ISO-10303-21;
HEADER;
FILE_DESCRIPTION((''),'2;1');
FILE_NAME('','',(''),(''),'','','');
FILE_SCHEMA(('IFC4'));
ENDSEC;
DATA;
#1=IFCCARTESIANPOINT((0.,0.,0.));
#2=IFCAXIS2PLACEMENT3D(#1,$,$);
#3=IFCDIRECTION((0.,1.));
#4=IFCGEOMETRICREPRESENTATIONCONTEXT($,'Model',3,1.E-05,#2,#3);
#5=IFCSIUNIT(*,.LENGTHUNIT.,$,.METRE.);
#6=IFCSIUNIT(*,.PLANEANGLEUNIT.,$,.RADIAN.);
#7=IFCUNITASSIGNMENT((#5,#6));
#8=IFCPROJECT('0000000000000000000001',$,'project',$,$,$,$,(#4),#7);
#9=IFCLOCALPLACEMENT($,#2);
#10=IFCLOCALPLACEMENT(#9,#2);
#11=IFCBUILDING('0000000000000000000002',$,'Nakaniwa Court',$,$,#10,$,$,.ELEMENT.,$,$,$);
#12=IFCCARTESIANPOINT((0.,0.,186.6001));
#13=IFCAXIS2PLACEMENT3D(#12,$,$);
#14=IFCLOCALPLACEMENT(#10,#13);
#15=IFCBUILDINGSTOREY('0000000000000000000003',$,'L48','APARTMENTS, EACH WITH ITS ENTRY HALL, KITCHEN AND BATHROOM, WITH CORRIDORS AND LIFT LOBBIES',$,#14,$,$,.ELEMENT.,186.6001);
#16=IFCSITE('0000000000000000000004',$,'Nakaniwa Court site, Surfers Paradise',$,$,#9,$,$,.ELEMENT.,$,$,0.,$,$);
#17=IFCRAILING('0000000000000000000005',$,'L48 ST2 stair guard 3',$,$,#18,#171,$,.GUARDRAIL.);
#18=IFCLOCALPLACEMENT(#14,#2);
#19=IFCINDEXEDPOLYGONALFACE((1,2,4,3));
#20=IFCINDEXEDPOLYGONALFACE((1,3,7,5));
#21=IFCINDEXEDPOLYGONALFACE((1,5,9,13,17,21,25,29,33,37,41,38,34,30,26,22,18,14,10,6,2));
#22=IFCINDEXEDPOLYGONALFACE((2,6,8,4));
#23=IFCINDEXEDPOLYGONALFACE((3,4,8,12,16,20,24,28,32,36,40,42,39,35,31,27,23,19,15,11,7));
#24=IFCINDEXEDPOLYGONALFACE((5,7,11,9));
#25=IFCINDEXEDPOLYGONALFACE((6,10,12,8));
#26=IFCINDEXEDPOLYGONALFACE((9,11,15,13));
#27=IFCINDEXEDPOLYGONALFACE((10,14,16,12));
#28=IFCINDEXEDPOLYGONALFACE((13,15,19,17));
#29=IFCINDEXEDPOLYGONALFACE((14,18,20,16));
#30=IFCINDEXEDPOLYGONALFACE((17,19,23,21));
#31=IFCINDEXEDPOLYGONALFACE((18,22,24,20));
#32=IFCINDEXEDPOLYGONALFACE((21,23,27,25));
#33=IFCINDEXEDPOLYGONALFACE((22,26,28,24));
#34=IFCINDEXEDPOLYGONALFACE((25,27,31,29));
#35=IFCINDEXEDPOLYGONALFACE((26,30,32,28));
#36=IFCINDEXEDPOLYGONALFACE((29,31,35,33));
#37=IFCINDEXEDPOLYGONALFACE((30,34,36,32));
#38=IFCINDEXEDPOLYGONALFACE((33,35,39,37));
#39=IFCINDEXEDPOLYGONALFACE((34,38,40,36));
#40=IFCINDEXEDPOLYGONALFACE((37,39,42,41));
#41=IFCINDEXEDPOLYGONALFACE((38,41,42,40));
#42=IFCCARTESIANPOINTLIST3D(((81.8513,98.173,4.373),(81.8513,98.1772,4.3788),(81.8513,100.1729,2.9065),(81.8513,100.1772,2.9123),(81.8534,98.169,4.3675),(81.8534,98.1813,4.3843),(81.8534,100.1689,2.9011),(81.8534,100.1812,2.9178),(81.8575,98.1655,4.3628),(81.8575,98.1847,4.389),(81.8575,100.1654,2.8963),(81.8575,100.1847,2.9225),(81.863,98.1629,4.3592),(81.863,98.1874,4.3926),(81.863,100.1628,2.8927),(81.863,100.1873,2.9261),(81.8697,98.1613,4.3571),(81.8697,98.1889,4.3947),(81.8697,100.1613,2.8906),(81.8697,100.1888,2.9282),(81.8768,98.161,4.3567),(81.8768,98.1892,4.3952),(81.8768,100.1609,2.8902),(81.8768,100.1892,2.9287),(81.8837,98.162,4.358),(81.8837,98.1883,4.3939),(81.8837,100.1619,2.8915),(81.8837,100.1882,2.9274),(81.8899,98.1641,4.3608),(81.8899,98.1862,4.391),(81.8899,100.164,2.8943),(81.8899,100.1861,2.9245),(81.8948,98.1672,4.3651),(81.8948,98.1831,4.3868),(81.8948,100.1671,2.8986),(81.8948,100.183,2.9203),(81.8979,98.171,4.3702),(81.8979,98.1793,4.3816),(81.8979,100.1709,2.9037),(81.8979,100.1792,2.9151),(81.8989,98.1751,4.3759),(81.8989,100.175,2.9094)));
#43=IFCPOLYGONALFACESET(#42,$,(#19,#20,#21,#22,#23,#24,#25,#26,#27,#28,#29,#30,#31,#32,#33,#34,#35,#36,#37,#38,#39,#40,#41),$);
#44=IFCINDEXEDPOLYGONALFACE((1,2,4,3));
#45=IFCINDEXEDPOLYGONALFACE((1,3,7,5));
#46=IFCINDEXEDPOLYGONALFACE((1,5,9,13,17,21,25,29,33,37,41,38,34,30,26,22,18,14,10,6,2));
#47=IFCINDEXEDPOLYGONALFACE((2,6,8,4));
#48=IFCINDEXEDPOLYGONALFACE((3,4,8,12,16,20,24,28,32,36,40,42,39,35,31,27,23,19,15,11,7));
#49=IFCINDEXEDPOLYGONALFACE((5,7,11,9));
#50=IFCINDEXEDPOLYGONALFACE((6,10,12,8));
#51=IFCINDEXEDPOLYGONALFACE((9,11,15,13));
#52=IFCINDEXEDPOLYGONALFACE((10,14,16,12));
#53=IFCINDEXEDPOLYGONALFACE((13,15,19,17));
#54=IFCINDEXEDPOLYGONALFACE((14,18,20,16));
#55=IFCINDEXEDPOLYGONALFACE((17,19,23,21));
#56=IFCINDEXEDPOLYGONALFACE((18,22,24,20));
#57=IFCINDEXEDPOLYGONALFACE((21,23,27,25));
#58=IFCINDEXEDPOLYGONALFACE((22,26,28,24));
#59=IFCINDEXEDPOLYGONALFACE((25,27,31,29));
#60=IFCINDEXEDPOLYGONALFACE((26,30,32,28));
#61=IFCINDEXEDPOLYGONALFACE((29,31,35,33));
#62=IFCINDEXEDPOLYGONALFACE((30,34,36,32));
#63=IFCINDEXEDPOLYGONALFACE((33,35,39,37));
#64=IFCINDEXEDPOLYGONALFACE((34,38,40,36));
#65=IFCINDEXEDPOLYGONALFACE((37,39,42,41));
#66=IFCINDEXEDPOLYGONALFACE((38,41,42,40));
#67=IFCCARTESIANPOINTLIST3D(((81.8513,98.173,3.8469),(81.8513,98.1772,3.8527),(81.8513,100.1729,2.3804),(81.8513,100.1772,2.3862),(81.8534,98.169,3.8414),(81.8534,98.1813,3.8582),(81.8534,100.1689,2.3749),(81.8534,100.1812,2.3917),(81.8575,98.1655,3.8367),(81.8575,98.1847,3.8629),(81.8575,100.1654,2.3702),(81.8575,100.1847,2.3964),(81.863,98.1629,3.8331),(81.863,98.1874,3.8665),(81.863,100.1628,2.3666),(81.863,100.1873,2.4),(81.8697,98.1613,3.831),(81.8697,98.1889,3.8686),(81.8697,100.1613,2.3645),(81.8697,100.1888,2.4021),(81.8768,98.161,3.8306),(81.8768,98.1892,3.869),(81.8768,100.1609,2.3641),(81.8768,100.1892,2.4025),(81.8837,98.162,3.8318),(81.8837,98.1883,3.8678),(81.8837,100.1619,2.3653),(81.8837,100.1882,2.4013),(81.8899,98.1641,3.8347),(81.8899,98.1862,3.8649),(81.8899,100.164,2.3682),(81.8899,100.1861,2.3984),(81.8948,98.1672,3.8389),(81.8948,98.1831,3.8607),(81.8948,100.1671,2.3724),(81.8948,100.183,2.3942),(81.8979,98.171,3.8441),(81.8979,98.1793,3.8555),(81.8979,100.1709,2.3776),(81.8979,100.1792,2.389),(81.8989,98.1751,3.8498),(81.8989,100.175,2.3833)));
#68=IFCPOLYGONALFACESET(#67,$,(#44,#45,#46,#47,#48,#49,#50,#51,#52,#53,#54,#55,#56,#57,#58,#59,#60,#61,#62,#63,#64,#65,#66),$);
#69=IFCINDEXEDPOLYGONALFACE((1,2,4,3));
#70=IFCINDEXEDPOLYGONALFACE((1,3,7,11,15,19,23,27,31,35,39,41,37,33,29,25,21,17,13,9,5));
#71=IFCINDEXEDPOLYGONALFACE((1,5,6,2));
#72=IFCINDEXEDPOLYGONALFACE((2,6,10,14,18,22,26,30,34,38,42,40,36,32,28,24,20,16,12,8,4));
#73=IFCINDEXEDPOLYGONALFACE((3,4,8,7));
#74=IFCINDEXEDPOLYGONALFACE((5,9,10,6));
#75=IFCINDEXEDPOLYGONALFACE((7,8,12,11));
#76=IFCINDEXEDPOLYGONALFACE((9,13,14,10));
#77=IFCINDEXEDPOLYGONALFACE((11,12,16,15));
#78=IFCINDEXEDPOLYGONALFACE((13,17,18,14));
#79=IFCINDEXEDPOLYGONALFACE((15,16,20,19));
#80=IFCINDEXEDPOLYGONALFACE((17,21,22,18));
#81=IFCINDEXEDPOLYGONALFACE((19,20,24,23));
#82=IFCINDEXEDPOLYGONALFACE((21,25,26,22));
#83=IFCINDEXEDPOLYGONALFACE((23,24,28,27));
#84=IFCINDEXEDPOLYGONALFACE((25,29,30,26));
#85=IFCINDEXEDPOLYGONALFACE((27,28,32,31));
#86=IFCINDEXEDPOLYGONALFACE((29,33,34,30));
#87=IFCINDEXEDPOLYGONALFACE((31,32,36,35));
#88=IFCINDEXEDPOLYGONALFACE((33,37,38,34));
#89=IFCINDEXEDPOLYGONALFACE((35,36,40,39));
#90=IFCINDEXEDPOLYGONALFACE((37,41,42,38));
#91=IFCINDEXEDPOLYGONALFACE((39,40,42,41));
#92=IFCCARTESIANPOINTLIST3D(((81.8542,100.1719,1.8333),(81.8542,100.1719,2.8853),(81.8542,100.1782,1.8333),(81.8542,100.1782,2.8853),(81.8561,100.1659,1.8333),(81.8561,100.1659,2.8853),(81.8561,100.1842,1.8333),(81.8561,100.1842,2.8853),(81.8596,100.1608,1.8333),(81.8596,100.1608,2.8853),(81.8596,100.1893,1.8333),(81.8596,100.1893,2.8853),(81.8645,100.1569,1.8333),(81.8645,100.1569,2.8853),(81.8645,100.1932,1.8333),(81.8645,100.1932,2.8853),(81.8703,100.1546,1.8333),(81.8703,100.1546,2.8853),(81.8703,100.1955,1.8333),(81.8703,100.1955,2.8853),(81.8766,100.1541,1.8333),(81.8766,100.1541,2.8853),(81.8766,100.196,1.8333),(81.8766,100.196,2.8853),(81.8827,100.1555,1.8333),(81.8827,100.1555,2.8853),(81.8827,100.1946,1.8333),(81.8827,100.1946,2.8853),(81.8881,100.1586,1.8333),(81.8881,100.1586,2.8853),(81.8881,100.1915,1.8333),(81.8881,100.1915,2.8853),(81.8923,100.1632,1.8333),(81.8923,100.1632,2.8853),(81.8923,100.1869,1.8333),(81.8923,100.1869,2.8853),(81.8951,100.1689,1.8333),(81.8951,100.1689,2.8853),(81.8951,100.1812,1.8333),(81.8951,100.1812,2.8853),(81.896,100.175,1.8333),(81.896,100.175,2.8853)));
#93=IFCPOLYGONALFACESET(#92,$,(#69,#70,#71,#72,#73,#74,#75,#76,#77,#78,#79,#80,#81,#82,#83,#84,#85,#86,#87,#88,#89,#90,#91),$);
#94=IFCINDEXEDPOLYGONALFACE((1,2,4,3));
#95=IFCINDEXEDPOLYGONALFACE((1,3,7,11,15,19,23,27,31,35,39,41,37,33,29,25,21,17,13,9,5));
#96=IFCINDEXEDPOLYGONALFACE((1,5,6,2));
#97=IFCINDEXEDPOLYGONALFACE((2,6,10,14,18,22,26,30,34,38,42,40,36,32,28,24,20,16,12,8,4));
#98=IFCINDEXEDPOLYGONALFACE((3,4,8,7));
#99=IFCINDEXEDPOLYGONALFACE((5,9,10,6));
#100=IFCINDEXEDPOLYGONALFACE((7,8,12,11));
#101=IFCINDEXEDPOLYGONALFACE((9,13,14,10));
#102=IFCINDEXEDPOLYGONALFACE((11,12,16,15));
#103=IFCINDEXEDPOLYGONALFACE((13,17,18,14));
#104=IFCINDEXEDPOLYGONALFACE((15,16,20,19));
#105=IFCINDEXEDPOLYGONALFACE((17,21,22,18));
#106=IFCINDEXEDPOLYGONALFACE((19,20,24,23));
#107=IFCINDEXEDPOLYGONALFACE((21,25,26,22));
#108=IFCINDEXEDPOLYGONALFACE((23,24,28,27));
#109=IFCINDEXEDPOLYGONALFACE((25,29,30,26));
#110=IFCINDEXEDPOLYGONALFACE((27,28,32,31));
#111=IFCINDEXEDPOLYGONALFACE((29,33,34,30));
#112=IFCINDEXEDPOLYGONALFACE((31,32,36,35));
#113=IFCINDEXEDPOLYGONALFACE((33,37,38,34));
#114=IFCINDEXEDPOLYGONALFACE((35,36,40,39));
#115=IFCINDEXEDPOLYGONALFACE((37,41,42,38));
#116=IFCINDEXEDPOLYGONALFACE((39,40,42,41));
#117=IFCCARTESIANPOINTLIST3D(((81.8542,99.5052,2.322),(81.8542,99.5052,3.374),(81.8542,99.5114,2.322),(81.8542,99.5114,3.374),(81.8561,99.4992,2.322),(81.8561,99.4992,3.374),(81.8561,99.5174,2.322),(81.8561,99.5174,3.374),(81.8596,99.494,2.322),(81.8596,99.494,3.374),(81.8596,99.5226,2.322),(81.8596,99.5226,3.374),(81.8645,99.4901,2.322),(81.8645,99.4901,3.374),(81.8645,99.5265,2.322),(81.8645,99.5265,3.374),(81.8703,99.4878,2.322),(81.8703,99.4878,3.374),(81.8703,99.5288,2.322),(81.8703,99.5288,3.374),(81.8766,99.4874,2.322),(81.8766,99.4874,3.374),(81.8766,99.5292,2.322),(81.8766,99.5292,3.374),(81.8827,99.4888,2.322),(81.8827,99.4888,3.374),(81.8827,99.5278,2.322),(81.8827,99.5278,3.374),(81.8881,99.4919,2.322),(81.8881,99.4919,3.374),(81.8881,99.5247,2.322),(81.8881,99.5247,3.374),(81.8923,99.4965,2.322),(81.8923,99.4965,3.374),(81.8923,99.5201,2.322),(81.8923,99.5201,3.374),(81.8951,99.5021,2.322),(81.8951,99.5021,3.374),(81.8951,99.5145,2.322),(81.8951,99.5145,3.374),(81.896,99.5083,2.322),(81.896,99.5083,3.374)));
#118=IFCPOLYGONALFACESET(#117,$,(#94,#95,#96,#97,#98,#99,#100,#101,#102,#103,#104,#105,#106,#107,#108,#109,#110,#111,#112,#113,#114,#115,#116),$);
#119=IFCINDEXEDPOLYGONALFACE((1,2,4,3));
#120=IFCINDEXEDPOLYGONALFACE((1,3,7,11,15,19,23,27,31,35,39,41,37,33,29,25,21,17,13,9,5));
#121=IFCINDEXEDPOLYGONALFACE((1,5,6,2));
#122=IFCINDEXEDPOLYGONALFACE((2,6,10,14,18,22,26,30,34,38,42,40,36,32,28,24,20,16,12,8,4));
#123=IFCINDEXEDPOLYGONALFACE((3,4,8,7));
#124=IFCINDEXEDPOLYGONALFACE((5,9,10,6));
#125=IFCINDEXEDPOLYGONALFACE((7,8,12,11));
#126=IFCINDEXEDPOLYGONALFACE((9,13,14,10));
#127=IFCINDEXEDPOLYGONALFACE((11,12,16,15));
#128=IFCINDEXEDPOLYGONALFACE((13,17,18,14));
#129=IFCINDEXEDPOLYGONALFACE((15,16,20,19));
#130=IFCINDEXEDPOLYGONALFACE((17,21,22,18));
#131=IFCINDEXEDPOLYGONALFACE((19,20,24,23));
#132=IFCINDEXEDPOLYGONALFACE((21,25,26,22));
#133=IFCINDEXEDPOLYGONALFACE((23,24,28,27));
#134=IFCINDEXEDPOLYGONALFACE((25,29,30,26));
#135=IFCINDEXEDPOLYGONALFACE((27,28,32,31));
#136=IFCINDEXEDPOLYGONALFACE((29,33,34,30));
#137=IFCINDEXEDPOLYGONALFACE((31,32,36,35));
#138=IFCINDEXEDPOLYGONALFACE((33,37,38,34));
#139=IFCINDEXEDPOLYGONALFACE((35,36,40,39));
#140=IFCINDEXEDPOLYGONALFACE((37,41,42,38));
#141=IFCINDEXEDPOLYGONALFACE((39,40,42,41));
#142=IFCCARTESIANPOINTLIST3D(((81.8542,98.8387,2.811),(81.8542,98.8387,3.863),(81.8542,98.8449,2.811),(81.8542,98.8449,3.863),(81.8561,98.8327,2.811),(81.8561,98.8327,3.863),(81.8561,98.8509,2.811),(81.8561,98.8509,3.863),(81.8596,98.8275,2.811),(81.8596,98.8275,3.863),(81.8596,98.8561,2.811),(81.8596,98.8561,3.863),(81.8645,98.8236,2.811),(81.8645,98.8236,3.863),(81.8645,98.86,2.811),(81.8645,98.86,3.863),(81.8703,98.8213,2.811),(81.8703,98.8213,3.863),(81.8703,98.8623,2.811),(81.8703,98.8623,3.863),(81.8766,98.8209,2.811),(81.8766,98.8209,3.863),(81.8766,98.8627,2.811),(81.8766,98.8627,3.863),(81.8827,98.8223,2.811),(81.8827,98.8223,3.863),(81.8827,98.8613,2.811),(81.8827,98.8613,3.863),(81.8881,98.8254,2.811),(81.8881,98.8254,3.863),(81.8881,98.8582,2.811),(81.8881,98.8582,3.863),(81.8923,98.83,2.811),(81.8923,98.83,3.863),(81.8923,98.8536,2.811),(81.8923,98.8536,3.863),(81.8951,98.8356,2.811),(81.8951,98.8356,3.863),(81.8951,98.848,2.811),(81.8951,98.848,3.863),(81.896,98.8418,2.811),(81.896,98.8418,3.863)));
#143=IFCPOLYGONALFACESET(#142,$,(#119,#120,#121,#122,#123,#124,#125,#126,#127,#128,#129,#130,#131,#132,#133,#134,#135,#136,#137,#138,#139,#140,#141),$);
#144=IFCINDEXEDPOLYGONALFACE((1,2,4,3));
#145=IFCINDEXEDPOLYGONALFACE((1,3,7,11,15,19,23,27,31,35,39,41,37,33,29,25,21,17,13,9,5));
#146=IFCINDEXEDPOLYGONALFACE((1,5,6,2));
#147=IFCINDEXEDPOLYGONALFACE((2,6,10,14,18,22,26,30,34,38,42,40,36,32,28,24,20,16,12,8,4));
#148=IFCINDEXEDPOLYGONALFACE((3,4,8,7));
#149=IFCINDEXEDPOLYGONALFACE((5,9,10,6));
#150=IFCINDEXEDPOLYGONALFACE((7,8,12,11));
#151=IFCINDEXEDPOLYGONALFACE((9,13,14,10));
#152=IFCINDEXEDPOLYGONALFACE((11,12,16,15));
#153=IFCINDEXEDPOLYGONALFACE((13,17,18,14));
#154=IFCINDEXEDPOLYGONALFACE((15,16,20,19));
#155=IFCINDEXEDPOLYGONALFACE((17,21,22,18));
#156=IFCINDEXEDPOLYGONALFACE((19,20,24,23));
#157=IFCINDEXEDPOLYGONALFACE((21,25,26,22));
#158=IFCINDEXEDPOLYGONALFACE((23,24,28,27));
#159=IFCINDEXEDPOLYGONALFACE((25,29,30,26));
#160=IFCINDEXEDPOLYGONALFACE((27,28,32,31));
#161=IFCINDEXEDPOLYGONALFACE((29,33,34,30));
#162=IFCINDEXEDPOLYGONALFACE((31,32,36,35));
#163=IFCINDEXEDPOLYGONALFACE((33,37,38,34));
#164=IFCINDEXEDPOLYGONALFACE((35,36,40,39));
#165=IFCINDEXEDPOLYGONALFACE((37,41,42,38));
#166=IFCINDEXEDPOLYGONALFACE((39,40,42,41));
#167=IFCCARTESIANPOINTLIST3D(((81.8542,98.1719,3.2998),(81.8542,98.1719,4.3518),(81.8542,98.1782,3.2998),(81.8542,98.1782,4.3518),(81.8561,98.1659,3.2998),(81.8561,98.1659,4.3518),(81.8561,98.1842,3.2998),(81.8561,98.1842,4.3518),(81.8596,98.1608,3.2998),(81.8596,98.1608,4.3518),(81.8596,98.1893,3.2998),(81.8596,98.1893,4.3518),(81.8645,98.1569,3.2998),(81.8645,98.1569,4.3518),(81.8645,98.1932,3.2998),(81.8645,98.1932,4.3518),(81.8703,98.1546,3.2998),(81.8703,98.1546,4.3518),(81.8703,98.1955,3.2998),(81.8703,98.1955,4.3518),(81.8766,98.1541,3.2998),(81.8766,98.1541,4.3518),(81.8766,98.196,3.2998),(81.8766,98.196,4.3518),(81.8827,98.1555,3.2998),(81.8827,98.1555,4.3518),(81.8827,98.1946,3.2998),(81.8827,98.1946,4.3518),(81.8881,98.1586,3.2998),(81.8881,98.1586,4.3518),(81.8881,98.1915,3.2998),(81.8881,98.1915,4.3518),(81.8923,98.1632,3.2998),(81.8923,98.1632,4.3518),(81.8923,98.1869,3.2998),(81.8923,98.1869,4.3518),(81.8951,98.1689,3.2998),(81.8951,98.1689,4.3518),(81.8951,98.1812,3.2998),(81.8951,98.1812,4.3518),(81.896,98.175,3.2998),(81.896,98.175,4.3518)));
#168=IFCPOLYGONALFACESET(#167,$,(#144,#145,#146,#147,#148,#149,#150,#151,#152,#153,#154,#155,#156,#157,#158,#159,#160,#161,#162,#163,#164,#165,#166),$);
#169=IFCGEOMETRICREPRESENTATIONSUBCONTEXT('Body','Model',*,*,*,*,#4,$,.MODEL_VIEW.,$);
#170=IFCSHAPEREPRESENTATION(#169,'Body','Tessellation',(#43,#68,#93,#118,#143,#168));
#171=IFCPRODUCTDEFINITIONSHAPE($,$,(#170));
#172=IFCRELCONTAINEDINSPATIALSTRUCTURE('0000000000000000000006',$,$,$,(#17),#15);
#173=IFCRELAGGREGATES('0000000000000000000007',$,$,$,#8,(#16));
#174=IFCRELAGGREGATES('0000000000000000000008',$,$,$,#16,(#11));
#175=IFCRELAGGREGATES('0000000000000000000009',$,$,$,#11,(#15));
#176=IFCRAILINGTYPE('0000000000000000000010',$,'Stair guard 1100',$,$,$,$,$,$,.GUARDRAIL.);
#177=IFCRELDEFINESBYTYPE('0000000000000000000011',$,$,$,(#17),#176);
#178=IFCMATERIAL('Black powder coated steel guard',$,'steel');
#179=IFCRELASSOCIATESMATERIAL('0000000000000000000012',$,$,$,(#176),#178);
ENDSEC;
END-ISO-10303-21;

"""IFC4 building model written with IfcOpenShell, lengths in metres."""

from ifc_helpers import new_model, si_unit, direction, frame, origin, origin_2d, place, context, subcontext, project, spatial, circle, extrude, material, type_object, element, save


model = new_model("IFC4")

# Units and contexts
model_context = context("Model", 3, precision=1e-05, world=origin(), true_north=direction((0.0, 1.0)))
body_context = subcontext(model_context, "Body", "Model", "MODEL_VIEW")
ifc_project = project(units=[si_unit("LENGTHUNIT", "METRE"), si_unit("PLANEANGLEUNIT", "RADIAN")], contexts=[model_context])

# Site, building, storey
site_placement = place(None, origin())
site = spatial("IfcSite", under=ifc_project, at=site_placement, Name="Nakaniwa Court site, Surfers Paradise", CompositionType="ELEMENT", RefElevation=0.0)
building_placement = place(site_placement, origin())
building = spatial("IfcBuilding", under=site, at=building_placement, Name="Nakaniwa Court", CompositionType="ELEMENT")
storey_placement = place(building_placement, frame((0.0, 0.0, 186.6001)))
storey = spatial("IfcBuildingStorey", under=building, at=storey_placement, Name="L48", Description="APARTMENTS, EACH WITH ITS ENTRY HALL, KITCHEN AND BATHROOM, WITH CORRIDORS AND LIFT LOBBIES", CompositionType="ELEMENT", Elevation=186.6001)

# Railing
ifc_material_1 = material(Name="Black powder coated steel guard", Category="steel")
railing_type_1 = type_object("IfcRailingType", Name="Stair guard 1100", PredefinedType="GUARDRAIL", material=ifc_material_1)
railing_1_placement = place(storey_placement, frame((81.875, 100.175, 1.8333)))
element("IfcRailing", 1, at=railing_1_placement, inside=storey, type_object=railing_type_1, Name="L48 ST2 stair guard 3", PredefinedType="GUARDRAIL", context=body_context, shape_type="SweptSolid", body=[
    extrude(circle(Radius=0.0239, at=origin_2d()), frame((0.0, 0.0, 1.0762), z_axis=(0.0, -0.806427, 0.591334), x_axis=(1.0, 0.0, 0.0)), (0.0, 0.0, 1.0), 2.48),
    extrude(circle(Radius=0.0239, at=origin_2d()), frame((0.0, 0.0, 0.55), z_axis=(0.0, -0.806427, 0.591334), x_axis=(1.0, 0.0, 0.0)), (0.0, 0.0, 1.0), 2.48),
    extrude(circle(Radius=0.021, at=origin_2d()), origin(), (0.0, 0.0, 1.0), 1.052),
    extrude(circle(Radius=0.021, at=origin_2d()), frame((0.0, -0.6667, 0.4888)), (0.0, 0.0, 1.0), 1.052),
    extrude(circle(Radius=0.021, at=origin_2d()), frame((0.0, -1.3333, 0.9778)), (0.0, 0.0, 1.0), 1.052),
    extrude(circle(Radius=0.021, at=origin_2d()), frame((0.0, -2.0, 1.4666)), (0.0, 0.0, 1.0), 1.052),
])

save(model, "model.ifc")
